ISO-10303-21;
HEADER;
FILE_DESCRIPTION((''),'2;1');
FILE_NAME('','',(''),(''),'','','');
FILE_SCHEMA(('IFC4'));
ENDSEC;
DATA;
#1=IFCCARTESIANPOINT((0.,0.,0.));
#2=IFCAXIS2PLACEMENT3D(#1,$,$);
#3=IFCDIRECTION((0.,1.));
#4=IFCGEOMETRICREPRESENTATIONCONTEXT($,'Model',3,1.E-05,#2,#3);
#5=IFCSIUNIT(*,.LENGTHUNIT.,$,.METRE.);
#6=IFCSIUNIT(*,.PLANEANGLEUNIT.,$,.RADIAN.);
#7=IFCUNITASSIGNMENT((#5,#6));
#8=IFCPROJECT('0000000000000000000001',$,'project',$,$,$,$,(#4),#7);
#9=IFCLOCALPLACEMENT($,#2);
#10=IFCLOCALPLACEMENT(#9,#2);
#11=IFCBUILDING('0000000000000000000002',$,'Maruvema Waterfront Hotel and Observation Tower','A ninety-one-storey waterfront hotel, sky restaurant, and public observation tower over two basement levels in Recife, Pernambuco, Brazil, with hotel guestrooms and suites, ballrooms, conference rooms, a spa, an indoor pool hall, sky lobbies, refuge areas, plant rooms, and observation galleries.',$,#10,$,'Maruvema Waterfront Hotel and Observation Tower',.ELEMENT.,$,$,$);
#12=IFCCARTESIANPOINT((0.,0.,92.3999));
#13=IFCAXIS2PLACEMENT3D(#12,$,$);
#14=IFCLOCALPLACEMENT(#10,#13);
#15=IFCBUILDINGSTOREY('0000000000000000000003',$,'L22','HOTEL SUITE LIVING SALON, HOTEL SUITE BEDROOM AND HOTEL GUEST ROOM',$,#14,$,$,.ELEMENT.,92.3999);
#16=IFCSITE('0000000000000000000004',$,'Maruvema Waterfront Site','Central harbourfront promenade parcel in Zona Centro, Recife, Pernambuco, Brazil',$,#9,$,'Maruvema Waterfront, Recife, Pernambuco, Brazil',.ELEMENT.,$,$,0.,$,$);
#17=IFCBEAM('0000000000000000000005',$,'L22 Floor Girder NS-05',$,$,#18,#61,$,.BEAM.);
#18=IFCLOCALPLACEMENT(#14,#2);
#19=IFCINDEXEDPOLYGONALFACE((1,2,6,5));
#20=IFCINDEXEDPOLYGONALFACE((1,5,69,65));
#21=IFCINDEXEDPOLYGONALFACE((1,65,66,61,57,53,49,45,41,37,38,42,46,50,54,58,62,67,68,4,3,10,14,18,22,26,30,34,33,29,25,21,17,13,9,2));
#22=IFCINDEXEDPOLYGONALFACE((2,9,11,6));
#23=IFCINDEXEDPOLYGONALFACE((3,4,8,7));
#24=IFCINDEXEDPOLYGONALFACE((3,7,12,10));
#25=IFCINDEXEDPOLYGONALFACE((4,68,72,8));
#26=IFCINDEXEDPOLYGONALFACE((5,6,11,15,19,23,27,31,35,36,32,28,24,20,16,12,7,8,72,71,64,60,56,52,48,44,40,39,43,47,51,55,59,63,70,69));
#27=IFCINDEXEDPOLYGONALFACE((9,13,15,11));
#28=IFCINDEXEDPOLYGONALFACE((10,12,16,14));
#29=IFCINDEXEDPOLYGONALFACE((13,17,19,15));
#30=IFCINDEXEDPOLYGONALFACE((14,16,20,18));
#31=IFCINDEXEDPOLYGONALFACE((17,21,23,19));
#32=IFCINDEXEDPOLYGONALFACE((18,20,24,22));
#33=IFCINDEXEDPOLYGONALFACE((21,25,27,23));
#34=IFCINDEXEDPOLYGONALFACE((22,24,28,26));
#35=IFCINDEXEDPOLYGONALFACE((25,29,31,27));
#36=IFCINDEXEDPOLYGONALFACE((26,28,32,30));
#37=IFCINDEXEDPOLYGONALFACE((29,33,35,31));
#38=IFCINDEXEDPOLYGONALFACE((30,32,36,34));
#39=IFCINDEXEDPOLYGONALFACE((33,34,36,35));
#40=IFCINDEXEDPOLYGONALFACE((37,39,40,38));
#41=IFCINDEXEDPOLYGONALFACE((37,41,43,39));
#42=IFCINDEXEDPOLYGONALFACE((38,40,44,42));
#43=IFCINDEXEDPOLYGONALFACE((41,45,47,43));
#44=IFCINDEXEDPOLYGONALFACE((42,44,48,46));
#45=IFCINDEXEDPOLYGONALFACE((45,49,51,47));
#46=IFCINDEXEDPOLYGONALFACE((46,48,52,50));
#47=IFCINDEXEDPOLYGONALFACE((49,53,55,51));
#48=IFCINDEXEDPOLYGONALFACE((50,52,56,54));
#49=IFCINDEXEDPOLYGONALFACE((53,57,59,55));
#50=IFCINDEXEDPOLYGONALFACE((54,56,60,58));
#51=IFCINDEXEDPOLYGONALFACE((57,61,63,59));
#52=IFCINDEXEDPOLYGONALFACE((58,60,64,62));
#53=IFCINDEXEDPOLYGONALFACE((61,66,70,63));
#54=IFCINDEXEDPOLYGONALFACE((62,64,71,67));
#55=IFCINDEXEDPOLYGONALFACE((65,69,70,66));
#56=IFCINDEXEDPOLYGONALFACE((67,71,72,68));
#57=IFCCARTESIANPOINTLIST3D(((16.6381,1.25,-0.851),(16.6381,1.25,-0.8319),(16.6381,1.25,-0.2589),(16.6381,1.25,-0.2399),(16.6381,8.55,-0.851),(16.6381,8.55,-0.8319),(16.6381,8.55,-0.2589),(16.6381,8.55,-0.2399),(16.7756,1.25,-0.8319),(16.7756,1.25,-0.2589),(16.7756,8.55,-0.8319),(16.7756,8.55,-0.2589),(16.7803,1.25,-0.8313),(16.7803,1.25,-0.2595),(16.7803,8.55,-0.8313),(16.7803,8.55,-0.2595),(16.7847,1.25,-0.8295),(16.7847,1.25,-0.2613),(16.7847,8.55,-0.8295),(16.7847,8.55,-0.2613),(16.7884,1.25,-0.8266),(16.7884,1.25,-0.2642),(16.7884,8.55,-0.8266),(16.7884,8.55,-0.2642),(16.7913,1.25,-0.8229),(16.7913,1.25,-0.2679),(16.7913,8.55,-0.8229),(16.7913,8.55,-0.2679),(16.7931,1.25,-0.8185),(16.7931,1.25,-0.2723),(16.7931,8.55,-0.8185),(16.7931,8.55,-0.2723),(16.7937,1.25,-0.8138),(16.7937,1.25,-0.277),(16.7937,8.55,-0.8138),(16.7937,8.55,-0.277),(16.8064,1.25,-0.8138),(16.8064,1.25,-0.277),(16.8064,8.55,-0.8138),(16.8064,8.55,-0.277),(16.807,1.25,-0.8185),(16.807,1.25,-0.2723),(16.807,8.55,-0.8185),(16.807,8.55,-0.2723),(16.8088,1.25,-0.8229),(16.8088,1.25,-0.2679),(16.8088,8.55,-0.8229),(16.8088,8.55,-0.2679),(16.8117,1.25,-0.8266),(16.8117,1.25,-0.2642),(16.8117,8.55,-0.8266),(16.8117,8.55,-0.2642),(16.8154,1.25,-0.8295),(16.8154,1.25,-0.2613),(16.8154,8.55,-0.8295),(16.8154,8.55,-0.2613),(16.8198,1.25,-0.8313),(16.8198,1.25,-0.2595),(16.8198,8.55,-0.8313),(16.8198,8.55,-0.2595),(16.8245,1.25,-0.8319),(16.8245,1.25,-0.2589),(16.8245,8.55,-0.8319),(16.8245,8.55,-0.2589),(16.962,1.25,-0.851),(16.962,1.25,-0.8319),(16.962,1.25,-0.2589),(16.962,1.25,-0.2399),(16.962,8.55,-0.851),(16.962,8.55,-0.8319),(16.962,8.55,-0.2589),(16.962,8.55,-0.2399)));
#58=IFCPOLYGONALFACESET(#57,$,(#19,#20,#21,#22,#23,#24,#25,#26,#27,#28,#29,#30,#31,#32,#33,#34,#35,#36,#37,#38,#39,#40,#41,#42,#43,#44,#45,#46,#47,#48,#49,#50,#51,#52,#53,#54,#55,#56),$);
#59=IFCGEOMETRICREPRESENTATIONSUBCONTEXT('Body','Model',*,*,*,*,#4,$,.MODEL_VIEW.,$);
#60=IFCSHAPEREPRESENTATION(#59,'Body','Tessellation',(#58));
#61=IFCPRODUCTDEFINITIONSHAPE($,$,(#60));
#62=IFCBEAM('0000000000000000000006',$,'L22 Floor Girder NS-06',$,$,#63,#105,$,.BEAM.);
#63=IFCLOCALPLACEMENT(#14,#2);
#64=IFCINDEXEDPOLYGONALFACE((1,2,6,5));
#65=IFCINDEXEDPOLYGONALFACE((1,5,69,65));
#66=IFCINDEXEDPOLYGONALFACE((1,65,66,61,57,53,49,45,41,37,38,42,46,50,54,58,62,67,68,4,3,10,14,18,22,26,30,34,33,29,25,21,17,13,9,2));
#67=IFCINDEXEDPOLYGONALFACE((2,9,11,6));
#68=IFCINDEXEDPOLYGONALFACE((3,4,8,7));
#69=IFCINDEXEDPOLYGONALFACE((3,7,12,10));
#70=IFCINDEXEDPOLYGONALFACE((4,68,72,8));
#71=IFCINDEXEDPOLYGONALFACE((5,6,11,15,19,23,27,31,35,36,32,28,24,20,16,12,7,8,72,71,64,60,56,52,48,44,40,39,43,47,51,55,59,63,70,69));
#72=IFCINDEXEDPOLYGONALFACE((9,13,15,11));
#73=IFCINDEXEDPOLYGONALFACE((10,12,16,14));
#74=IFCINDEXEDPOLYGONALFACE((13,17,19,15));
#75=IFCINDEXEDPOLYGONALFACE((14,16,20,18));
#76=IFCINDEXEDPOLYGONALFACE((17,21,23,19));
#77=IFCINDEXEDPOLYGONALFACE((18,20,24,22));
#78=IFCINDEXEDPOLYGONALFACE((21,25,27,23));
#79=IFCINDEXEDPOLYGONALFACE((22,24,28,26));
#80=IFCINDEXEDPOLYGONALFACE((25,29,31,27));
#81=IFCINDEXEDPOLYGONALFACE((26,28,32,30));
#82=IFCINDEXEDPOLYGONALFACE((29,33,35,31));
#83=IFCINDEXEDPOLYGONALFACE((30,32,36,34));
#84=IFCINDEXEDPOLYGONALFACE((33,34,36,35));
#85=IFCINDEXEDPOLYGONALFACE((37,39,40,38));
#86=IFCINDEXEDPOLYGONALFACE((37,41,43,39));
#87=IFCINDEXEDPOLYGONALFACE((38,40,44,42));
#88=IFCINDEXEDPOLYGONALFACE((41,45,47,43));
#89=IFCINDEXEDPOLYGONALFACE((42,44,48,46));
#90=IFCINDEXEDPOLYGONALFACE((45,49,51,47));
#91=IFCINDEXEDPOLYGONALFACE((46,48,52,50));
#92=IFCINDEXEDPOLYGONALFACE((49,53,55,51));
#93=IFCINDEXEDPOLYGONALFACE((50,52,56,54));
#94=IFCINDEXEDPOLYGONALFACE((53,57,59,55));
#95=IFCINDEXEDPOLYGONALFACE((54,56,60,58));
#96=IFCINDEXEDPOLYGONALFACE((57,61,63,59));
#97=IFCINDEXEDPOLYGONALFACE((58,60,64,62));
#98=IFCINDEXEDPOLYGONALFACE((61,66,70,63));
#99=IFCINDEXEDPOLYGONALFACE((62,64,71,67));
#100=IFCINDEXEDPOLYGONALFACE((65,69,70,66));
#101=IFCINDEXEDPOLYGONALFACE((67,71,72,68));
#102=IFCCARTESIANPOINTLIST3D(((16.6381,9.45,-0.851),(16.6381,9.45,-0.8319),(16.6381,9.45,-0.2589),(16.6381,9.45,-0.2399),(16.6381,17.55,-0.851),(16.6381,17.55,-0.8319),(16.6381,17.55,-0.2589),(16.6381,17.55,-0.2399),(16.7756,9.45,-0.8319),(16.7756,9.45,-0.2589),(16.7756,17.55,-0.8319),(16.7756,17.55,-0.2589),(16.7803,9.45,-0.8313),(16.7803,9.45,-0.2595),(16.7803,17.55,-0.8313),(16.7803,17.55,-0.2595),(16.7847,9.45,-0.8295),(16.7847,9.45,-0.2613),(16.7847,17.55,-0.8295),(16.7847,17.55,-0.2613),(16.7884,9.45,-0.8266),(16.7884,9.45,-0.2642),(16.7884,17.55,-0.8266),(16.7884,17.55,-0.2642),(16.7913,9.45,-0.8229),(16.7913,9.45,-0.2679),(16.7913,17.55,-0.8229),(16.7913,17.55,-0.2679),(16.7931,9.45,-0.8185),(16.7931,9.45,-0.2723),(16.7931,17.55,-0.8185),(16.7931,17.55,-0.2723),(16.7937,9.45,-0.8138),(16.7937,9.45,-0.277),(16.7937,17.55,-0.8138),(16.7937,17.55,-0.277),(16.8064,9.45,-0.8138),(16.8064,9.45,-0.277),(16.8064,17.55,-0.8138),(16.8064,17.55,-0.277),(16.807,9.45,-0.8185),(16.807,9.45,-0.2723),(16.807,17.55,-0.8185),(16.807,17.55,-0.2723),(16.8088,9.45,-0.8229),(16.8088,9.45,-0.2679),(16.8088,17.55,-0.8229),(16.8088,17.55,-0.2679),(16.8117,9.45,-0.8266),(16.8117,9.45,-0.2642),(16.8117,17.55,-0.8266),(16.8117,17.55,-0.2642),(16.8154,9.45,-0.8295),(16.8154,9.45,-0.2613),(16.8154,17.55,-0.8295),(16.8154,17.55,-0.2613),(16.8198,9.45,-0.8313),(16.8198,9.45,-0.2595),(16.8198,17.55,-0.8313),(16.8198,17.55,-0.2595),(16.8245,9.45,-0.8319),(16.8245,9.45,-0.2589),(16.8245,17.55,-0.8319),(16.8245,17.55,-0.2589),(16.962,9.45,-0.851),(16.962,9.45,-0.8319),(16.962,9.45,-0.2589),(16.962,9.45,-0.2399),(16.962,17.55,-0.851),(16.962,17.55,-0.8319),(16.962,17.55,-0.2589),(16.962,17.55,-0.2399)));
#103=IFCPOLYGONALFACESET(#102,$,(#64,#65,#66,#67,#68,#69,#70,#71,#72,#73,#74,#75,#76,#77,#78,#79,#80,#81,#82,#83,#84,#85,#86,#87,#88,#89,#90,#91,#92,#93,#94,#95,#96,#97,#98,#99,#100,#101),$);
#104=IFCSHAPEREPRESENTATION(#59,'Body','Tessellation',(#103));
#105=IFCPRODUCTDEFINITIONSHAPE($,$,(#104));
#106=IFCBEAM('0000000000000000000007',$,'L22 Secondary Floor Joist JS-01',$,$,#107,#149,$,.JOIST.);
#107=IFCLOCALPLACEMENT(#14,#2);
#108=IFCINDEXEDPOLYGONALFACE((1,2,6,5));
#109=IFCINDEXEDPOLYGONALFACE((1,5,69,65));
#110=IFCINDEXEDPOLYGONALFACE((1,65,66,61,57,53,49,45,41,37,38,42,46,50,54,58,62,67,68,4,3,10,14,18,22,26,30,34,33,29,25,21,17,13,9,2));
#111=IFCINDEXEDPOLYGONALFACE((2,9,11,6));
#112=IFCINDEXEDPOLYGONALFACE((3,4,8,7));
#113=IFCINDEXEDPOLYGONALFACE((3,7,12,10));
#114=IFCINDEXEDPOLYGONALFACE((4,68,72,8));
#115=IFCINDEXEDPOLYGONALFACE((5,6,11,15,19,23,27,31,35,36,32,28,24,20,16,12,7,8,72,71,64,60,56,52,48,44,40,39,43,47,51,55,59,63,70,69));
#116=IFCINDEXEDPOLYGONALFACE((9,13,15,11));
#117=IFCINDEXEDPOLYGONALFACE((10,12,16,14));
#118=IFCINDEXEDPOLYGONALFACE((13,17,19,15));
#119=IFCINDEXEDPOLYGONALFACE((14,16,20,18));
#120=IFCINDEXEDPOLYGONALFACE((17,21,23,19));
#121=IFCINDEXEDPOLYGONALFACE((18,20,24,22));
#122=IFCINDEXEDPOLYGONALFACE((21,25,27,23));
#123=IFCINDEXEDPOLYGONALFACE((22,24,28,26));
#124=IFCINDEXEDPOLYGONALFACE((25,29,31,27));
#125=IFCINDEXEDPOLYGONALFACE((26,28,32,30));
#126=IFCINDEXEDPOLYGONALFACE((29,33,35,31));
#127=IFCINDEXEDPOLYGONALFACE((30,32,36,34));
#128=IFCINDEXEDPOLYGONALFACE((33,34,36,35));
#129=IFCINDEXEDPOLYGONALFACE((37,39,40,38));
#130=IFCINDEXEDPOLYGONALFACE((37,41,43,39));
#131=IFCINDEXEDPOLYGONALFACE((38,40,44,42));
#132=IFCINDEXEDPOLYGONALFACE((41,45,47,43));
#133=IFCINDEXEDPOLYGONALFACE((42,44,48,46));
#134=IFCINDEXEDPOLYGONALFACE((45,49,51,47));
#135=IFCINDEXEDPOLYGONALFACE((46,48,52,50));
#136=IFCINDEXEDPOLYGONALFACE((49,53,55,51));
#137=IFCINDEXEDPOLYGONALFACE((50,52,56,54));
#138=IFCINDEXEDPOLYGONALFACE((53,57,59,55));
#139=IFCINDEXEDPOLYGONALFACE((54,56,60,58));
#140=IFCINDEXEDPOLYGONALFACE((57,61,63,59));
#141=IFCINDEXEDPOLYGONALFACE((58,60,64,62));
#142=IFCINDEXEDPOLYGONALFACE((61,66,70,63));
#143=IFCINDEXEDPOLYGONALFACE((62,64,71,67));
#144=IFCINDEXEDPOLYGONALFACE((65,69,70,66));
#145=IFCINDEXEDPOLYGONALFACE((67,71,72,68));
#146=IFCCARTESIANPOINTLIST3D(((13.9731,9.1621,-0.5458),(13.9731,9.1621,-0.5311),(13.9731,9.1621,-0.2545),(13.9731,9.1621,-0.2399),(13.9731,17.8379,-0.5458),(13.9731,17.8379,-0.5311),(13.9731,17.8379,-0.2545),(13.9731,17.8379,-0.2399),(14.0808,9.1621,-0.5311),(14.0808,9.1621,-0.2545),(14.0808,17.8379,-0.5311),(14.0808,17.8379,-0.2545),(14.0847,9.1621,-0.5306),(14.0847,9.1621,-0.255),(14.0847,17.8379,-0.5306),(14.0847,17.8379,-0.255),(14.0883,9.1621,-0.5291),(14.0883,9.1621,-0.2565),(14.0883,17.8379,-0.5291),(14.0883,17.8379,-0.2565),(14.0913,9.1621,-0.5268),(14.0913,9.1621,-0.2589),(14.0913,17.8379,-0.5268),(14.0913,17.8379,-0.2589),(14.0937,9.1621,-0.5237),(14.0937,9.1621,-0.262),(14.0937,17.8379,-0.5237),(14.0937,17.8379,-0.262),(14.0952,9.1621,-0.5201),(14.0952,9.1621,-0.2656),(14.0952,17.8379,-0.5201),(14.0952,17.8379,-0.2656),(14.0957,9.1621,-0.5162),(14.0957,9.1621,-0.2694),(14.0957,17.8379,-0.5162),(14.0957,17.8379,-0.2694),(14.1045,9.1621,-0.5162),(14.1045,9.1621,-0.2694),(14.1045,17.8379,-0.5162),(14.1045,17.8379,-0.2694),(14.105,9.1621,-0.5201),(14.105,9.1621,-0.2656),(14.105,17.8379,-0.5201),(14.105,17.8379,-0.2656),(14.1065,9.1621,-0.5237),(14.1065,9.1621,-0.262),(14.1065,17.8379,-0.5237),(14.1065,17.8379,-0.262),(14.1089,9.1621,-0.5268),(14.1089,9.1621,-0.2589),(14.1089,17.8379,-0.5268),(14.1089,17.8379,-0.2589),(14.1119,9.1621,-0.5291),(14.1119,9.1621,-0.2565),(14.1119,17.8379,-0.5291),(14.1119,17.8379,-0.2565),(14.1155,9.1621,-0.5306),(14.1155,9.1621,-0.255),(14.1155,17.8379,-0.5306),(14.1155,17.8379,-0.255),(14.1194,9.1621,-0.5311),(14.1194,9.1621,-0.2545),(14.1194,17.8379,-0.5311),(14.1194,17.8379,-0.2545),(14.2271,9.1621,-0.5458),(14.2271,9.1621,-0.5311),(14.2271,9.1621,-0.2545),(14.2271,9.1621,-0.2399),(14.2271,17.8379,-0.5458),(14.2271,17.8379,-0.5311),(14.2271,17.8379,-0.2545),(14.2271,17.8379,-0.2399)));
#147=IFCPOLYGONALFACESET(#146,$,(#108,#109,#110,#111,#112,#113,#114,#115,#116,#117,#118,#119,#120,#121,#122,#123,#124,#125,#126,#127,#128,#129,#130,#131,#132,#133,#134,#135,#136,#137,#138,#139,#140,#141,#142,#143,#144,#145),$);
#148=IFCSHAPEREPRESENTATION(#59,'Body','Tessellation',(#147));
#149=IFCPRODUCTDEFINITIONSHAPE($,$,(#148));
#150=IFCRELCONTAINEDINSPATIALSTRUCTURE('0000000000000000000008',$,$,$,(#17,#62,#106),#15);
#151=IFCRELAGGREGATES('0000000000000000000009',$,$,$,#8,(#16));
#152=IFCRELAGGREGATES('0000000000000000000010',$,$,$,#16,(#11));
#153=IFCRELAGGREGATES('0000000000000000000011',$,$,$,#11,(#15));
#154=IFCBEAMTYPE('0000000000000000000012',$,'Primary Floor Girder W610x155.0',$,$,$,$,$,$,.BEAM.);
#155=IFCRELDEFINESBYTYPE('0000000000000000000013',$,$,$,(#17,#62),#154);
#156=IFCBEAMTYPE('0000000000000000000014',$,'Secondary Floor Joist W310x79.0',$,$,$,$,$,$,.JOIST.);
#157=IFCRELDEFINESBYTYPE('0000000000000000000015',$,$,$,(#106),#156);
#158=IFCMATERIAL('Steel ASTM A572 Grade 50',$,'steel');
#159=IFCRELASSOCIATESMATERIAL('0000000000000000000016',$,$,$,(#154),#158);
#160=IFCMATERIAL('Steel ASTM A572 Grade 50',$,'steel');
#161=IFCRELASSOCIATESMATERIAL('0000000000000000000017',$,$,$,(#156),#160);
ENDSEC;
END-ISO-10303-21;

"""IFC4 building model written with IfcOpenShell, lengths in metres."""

from ifc_helpers import new_model, si_unit, direction, frame, origin, origin_2d, place, context, subcontext, project, spatial, i_section, extrude, material, material_profile, profile_set, type_object, element, save


model = new_model("IFC4")

# Units and contexts
model_context = context("Model", 3, precision=1e-05, world=origin(), true_north=direction((0.0, 1.0)))
body_context = subcontext(model_context, "Body", "Model", "MODEL_VIEW")
ifc_project = project(units=[si_unit("LENGTHUNIT", "METRE"), si_unit("PLANEANGLEUNIT", "RADIAN")], contexts=[model_context])

# Site, building, storey
site_placement = place(None, origin())
site = spatial("IfcSite", under=ifc_project, at=site_placement, Name="Maruvema Waterfront Site", Description="Central harbourfront promenade parcel in Zona Centro, Recife, Pernambuco, Brazil", LongName="Maruvema Waterfront, Recife, Pernambuco, Brazil", CompositionType="ELEMENT", RefElevation=0.0)
building_placement = place(site_placement, origin())
building = spatial("IfcBuilding", under=site, at=building_placement, Name="Maruvema Waterfront Hotel and Observation Tower", Description="A ninety-one-storey waterfront hotel, sky restaurant, and public observation tower over two basement levels in Recife, Pernambuco, Brazil, with hotel guestrooms and suites, ballrooms, conference rooms, a spa, an indoor pool hall, sky lobbies, refuge areas, plant rooms, and observation galleries.", LongName="Maruvema Waterfront Hotel and Observation Tower", CompositionType="ELEMENT")
storey_placement = place(building_placement, frame((0.0, 0.0, 92.3999)))
storey = spatial("IfcBuildingStorey", under=building, at=storey_placement, Name="L22", Description="HOTEL SUITE LIVING SALON, HOTEL SUITE BEDROOM AND HOTEL GUEST ROOM", CompositionType="ELEMENT", Elevation=92.3999)

# Beams
ifc_material_1 = material(Name="Steel ASTM A572 Grade 50", Category="steel")
ifc_material_profile_1 = material_profile(ifc_material_1, i_section(OverallWidth=0.324, OverallDepth=0.6111, WebThickness=0.0127, FlangeThickness=0.019, FilletRadius=0.0181, at=origin_2d()), Name="W610x155.0")
ifc_profile_set_1 = profile_set([ifc_material_profile_1], Name="Steel ASTM A572 Grade 50")
beam_type_1 = type_object("IfcBeamType", Name="Primary Floor Girder W610x155.0", PredefinedType="BEAM", material=ifc_profile_set_1)
beam_1_placement = place(storey_placement, frame((16.8, 1.25, -0.5454), z_axis=(0.0, 1.0, 0.0), x_axis=(-1.0, 0.0, 0.0)))
element("IfcBeam", 1, at=beam_1_placement, inside=storey, type_object=beam_type_1, Name="L22 Floor Girder NS-05", PredefinedType="BEAM", context=body_context, shape_type="SweptSolid", body=[
    extrude(i_section(OverallWidth=0.324, OverallDepth=0.6111, WebThickness=0.0127, FlangeThickness=0.019, FilletRadius=0.0181, at=origin_2d()), origin(), (0.0, 0.0, 1.0), 7.3),
])
beam_2_placement = place(storey_placement, frame((16.8, 9.45, -0.5454), z_axis=(0.0, 1.0, 0.0), x_axis=(-1.0, 0.0, 0.0)))
element("IfcBeam", 2, at=beam_2_placement, inside=storey, type_object=beam_type_1, Name="L22 Floor Girder NS-06", PredefinedType="BEAM", context=body_context, shape_type="SweptSolid", body=[
    extrude(i_section(OverallWidth=0.324, OverallDepth=0.6111, WebThickness=0.0127, FlangeThickness=0.019, FilletRadius=0.0181, at=origin_2d()), origin(), (0.0, 0.0, 1.0), 8.1001),
])
ifc_material_2 = material(Name="Steel ASTM A572 Grade 50", Category="steel")
ifc_material_profile_2 = material_profile(ifc_material_2, i_section(OverallWidth=0.2539, OverallDepth=0.3059, WebThickness=0.0088, FlangeThickness=0.0146, FilletRadius=0.0149, at=origin_2d()), Name="W310x79.0")
ifc_profile_set_2 = profile_set([ifc_material_profile_2], Name="Steel ASTM A572 Grade 50")
beam_type_2 = type_object("IfcBeamType", Name="Secondary Floor Joist W310x79.0", PredefinedType="JOIST", material=ifc_profile_set_2)
beam_3_placement = place(storey_placement, frame((14.1001, 9.1621, -0.3928), z_axis=(0.0, 1.0, 0.0), x_axis=(-1.0, 0.0, 0.0)))
element("IfcBeam", 3, at=beam_3_placement, inside=storey, type_object=beam_type_2, Name="L22 Secondary Floor Joist JS-01", PredefinedType="JOIST", context=body_context, shape_type="SweptSolid", body=[
    extrude(i_section(OverallWidth=0.2539, OverallDepth=0.3059, WebThickness=0.0088, FlangeThickness=0.0146, FilletRadius=0.0149, at=origin_2d()), origin(), (0.0, 0.0, 1.0), 8.6758),
])

save(model, "model.ifc")
